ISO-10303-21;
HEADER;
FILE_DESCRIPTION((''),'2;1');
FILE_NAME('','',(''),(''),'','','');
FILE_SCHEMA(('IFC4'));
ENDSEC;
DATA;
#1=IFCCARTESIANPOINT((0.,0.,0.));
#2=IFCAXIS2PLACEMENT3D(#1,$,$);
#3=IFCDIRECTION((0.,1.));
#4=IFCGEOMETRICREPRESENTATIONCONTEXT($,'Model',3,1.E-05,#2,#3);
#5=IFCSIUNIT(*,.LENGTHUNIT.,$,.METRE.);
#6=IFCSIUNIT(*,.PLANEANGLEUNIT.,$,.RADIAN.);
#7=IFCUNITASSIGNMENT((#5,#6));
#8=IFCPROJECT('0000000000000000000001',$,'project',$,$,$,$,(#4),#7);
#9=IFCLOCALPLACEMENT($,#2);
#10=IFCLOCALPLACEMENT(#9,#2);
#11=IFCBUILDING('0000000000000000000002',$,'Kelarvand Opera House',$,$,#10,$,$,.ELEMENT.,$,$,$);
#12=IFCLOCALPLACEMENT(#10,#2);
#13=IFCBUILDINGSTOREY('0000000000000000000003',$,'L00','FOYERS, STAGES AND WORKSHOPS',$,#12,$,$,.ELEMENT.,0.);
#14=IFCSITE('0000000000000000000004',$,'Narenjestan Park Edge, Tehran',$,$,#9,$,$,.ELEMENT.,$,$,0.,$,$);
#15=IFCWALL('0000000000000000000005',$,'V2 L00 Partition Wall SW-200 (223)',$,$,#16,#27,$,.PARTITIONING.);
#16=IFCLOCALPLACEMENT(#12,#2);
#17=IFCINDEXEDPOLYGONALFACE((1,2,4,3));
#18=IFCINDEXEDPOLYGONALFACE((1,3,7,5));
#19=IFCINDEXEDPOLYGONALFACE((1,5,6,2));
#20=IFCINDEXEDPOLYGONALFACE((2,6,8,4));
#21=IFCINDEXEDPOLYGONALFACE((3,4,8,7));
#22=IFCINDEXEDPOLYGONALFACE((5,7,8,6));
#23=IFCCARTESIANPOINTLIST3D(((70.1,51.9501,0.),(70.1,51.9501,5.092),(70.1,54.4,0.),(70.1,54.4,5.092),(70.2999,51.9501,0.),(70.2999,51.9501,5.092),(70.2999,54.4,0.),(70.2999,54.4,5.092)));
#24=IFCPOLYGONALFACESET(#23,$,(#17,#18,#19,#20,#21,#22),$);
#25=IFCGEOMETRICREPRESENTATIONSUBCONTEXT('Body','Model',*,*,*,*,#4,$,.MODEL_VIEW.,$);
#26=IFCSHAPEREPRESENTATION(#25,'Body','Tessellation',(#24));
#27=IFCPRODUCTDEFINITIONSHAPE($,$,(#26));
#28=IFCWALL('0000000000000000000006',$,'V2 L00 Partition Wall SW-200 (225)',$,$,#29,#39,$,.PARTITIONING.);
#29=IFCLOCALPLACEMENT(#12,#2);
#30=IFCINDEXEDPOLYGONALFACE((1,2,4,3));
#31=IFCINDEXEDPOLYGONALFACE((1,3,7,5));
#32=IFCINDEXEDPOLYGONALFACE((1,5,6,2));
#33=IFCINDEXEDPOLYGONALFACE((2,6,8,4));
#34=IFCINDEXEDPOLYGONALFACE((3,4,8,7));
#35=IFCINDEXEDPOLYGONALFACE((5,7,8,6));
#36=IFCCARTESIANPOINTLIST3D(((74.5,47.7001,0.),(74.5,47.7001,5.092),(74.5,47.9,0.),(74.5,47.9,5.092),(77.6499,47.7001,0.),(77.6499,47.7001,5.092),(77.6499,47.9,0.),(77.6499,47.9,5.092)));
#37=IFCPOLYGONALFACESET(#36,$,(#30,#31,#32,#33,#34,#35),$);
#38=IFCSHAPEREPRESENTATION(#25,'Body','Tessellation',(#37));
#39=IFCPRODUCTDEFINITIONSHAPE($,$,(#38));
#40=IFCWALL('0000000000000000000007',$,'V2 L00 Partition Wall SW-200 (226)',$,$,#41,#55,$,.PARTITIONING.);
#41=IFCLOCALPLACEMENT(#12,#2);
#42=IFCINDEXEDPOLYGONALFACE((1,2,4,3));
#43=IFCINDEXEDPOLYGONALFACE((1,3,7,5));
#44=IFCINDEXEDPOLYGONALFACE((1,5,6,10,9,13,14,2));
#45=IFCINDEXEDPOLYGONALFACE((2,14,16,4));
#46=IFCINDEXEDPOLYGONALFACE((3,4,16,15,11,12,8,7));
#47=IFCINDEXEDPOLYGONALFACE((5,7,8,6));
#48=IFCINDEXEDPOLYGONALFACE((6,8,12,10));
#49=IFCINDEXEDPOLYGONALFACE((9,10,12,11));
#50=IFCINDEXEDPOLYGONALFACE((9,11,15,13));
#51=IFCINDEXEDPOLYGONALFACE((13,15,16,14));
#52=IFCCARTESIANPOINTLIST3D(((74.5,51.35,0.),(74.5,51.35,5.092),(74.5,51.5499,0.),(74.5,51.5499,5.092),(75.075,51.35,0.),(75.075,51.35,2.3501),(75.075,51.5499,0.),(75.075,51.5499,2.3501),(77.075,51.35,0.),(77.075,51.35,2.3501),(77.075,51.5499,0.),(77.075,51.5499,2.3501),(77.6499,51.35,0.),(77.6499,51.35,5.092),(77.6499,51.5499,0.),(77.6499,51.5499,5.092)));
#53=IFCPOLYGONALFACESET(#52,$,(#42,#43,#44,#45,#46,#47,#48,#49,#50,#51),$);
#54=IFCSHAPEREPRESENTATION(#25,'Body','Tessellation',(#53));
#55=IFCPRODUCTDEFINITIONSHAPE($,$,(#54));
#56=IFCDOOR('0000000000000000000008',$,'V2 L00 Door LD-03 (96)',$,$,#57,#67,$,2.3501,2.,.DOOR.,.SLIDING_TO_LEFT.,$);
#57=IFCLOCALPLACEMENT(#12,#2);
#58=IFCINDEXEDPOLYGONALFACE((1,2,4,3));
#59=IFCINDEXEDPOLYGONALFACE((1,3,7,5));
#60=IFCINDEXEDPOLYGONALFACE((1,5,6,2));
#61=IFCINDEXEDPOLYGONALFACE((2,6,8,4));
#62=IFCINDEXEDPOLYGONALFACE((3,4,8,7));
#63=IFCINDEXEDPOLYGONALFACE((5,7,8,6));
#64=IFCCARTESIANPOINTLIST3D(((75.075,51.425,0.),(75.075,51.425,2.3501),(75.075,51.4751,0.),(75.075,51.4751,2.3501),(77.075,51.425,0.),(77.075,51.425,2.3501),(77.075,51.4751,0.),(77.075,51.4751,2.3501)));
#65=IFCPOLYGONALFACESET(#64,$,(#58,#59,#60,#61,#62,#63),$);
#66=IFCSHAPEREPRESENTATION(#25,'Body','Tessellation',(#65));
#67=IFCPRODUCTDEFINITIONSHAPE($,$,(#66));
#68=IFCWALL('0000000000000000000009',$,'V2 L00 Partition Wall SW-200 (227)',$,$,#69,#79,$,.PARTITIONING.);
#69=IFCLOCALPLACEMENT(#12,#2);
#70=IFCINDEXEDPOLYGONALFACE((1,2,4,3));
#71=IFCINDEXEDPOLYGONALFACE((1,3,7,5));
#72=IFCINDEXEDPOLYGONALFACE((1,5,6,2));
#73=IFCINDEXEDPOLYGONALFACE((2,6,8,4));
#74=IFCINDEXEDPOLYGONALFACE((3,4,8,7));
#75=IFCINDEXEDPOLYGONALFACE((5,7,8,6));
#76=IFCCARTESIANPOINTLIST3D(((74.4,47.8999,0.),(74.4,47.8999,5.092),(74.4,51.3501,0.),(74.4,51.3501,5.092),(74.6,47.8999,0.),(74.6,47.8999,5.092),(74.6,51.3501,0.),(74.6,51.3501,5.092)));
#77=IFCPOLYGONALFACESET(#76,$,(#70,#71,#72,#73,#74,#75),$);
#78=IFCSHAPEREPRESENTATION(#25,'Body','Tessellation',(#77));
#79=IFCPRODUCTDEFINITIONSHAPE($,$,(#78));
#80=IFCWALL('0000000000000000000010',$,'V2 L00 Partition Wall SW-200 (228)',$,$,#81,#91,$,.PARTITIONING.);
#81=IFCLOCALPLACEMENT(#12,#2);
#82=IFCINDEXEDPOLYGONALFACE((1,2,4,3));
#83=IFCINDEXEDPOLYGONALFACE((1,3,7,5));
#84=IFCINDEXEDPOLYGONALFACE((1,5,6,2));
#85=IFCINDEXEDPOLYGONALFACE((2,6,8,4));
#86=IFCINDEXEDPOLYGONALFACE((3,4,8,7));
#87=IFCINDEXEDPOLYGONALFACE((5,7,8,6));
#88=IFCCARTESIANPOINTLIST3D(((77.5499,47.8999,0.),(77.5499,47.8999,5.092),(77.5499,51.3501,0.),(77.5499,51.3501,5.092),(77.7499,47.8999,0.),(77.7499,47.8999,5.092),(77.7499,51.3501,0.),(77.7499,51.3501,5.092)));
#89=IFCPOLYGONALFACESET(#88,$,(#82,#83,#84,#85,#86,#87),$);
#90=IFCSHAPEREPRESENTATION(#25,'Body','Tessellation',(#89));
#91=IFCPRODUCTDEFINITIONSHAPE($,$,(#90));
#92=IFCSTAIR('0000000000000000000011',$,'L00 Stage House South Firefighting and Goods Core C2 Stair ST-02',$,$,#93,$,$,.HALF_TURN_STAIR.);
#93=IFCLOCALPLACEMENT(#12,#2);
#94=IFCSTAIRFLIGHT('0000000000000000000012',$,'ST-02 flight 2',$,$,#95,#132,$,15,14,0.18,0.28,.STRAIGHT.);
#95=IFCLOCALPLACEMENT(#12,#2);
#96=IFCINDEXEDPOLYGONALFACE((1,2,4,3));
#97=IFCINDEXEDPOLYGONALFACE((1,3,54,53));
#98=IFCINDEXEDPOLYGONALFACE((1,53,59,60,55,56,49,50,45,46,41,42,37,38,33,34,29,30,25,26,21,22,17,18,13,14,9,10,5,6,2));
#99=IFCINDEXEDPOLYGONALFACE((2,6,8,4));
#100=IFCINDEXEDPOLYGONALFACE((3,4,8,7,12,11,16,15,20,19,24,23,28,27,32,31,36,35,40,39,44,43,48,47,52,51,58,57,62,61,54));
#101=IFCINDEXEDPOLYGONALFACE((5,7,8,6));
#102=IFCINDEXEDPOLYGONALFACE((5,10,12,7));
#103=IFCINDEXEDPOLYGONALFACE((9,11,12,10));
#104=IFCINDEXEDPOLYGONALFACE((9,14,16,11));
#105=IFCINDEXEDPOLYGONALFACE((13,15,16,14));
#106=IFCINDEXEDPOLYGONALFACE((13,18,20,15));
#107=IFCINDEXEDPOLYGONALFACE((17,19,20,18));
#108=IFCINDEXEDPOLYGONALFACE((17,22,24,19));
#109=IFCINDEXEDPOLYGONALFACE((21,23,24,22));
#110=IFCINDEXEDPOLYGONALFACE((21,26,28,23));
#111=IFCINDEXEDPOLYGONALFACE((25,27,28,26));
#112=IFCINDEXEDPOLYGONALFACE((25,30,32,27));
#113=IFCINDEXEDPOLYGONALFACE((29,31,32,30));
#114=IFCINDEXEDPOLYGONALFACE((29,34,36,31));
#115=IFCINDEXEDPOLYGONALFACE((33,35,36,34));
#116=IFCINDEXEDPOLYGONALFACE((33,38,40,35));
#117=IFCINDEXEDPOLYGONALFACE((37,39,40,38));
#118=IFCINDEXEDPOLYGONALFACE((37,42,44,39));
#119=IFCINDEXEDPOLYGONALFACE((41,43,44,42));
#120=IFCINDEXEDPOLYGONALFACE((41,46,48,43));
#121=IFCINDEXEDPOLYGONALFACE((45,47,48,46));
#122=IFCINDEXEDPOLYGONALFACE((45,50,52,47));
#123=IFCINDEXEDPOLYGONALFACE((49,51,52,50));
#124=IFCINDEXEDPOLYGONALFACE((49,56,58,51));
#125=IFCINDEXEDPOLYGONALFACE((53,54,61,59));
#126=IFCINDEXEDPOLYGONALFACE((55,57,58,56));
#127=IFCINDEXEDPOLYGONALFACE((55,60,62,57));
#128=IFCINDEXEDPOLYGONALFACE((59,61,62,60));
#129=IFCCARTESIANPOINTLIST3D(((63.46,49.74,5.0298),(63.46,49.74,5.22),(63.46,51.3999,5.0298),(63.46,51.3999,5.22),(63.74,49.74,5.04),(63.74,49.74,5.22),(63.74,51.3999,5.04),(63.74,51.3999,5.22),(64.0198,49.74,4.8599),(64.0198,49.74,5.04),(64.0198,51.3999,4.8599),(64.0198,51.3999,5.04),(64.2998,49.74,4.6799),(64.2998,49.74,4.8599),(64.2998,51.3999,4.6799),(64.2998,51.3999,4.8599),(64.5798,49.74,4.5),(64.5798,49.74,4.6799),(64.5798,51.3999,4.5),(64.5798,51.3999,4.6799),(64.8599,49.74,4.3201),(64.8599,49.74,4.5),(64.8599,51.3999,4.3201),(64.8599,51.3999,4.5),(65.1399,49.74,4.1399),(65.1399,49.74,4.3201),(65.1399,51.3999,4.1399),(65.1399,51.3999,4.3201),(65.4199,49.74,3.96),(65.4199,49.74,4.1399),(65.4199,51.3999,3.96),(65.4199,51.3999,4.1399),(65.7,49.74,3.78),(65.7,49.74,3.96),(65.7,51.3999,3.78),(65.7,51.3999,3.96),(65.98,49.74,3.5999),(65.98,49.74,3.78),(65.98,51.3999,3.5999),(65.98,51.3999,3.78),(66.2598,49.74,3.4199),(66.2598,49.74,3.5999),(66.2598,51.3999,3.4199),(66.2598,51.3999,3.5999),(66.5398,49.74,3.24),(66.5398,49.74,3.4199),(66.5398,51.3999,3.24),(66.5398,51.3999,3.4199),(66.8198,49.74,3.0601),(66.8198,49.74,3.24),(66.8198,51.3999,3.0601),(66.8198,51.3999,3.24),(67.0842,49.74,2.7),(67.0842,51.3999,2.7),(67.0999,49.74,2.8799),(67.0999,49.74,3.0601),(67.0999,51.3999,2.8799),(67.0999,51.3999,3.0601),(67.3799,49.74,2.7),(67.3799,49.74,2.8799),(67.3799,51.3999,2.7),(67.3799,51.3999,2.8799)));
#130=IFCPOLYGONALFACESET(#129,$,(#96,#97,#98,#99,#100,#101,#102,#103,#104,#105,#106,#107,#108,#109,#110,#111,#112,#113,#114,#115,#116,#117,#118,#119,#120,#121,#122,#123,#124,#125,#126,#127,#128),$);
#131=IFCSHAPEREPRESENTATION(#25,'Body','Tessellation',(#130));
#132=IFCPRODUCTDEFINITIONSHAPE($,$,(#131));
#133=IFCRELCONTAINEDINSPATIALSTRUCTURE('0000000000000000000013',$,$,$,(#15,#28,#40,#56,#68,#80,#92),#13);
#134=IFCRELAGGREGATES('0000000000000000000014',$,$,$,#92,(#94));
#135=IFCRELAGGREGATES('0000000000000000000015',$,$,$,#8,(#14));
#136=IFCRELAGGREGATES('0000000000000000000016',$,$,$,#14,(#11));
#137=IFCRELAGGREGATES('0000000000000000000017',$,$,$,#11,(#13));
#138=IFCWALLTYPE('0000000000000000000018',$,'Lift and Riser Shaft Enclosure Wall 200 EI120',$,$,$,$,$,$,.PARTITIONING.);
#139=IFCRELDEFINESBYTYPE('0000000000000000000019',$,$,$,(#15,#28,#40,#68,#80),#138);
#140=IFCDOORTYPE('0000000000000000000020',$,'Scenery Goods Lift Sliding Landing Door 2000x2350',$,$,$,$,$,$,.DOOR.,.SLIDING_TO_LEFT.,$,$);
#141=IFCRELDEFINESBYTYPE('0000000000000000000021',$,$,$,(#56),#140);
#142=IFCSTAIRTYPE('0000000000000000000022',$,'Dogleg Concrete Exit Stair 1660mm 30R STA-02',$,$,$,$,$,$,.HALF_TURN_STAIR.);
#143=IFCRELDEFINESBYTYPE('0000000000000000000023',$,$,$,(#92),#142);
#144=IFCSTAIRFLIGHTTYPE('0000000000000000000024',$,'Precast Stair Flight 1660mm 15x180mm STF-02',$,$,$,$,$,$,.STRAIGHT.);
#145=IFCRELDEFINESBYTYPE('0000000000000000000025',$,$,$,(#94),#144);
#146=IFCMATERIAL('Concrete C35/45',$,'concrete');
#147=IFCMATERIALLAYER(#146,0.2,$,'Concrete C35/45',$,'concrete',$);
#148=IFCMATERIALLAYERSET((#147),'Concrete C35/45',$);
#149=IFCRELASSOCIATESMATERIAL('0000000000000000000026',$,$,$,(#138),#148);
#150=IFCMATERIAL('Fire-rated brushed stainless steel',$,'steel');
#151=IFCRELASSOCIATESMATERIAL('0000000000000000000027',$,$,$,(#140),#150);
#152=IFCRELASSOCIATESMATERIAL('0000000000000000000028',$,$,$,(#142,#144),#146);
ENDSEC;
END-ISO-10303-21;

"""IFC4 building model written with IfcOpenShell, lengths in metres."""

from ifc_helpers import new_model, si_unit, direction, frame, frame_2d, origin, place, context, subcontext, project, spatial, polyline, rectangle, outline, extrude, material, layer, layer_set, type_object, element, fill, aggregate, save


model = new_model("IFC4")

# Units and contexts
model_context = context("Model", 3, precision=1e-05, world=origin(), true_north=direction((0.0, 1.0)))
body_context = subcontext(model_context, "Body", "Model", "MODEL_VIEW")
ifc_project = project(units=[si_unit("LENGTHUNIT", "METRE"), si_unit("PLANEANGLEUNIT", "RADIAN")], contexts=[model_context])

# Site, building, storey
site_placement = place(None, origin())
site = spatial("IfcSite", under=ifc_project, at=site_placement, Name="Narenjestan Park Edge, Tehran", CompositionType="ELEMENT", RefElevation=0.0)
building_placement = place(site_placement, origin())
building = spatial("IfcBuilding", under=site, at=building_placement, Name="Kelarvand Opera House", CompositionType="ELEMENT")
storey_placement = place(building_placement, origin())
storey = spatial("IfcBuildingStorey", under=building, at=storey_placement, Name="L00", Description="FOYERS, STAGES AND WORKSHOPS", CompositionType="ELEMENT", Elevation=0.0)

# Shared definitions
ifc_material_1 = material(Name="Concrete C35/45", Category="concrete")

# Shared definitions
ifc_material_2 = material(Name="Fire-rated brushed stainless steel", Category="steel")
ifc_layer_1 = layer(ifc_material_1, 0.2, Name="Concrete C35/45", Category="concrete")
ifc_layer_set_1 = layer_set([ifc_layer_1], Name="Concrete C35/45")
wall_type_1 = type_object("IfcWallType", Name="Lift and Riser Shaft Enclosure Wall 200 EI120", PredefinedType="PARTITIONING", material=ifc_layer_set_1)

# Walls
wall_1_placement = place(storey_placement, frame((70.2, 51.95, 0.0), z_axis=(0.0, 0.0, 1.0), x_axis=(0.0, 1.0, 0.0)))
element("IfcWall", 1, at=wall_1_placement, inside=storey, type_object=wall_type_1, Name="V2 L00 Partition Wall SW-200 (223)", PredefinedType="PARTITIONING", context=body_context, shape_type="SweptSolid", body=[
    extrude(rectangle(XDim=2.45, YDim=0.2, at=frame_2d((1.2251, 0.0))), origin(), (0.0, 0.0, 1.0), 5.092),
])
wall_2_placement = place(storey_placement, frame((74.5, 47.8, 0.0), z_axis=(0.0, 0.0, 1.0), x_axis=(1.0, 0.0, 0.0)))
element("IfcWall", 2, at=wall_2_placement, inside=storey, type_object=wall_type_1, Name="V2 L00 Partition Wall SW-200 (225)", PredefinedType="PARTITIONING", context=body_context, shape_type="SweptSolid", body=[
    extrude(rectangle(XDim=3.1499, YDim=0.2, at=frame_2d((1.575, 0.0))), origin(), (0.0, 0.0, 1.0), 5.092),
])

# Wall, opening, door
wall_3_placement = place(storey_placement, frame((77.6499, 51.45, 0.0), z_axis=(0.0, 0.0, 1.0), x_axis=(-1.0, 0.0, 0.0)))
wall_3 = element("IfcWall", 3, at=wall_3_placement, inside=storey, type_object=wall_type_1, Name="V2 L00 Partition Wall SW-200 (226)", PredefinedType="PARTITIONING", context=body_context, shape_type="SweptSolid", body=[
    extrude(rectangle(XDim=3.1499, YDim=0.2, at=frame_2d((1.575, 0.0))), origin(), (0.0, 0.0, 1.0), 5.092),
])
opening_1_placement = place(wall_3_placement, frame((0.575, 0.0, 0.0)))
opening_1 = element("IfcOpeningElement", 4, at=opening_1_placement, cuts=wall_3, PredefinedType="OPENING", context=body_context, shape_type="SweptSolid", body=[
    extrude(rectangle(XDim=2.0, YDim=2.3501, at=frame_2d((1.0, 1.175))), frame((0.0, 0.1099, 0.0), z_axis=(0.0, -1.0, 0.0), x_axis=(1.0, 0.0, 0.0)), (0.0, 0.0, 1.0), 0.22),
])
door_type_1 = type_object("IfcDoorType", Name="Scenery Goods Lift Sliding Landing Door 2000x2350", OperationType="SLIDING_TO_LEFT", PredefinedType="DOOR", material=ifc_material_2)
door_1_placement = place(opening_1_placement, origin())
door_1 = element("IfcDoor", 5, at=door_1_placement, inside=storey, type_object=door_type_1, Name="V2 L00 Door LD-03 (96)", OperationType="SLIDING_TO_LEFT", OverallHeight=2.3501, OverallWidth=2.0, PredefinedType="DOOR", context=body_context, shape_type="SweptSolid", body=[
    extrude(rectangle(XDim=2.0, YDim=2.3501, at=frame_2d((1.0, 1.175))), frame((0.0, 0.0249, 0.0), z_axis=(0.0, -1.0, 0.0), x_axis=(1.0, 0.0, 0.0)), (0.0, 0.0, 1.0), 0.05),
])
fill(opening_1, door_1)

# Walls
for number, where, z_axis, x_axis, name in (
    (6, (74.5, 47.8999, 0.0), (0.0, 0.0, 1.0), (0.0, 1.0, 0.0), "V2 L00 Partition Wall SW-200 (227)"),
    (7, (77.6499, 51.3501, 0.0), (0.0, 0.0, 1.0), (0.0, -1.0, 0.0), "V2 L00 Partition Wall SW-200 (228)"),
):
    element("IfcWall", number, at=place(storey_placement, frame(where, z_axis=z_axis, x_axis=x_axis)), inside=storey, type_object=wall_type_1, Name=name, PredefinedType="PARTITIONING", context=body_context, shape_type="SweptSolid", body=[
        extrude(rectangle(XDim=3.4502, YDim=0.2, at=frame_2d((1.7251, 0.0))), origin(), (0.0, 0.0, 1.0), 5.092),
    ])

# Stair, stair flight
stair_type = type_object("IfcStairType", Name="Dogleg Concrete Exit Stair 1660mm 30R STA-02", PredefinedType="HALF_TURN_STAIR", material=ifc_material_1)
stair_placement = place(storey_placement, origin())
stair = element("IfcStair", 8, at=stair_placement, inside=storey, type_object=stair_type, Name="L00 Stage House South Firefighting and Goods Core C2 Stair ST-02", PredefinedType="HALF_TURN_STAIR")
stair_flight_type = type_object("IfcStairFlightType", Name="Precast Stair Flight 1660mm 15x180mm STF-02", PredefinedType="STRAIGHT", material=ifc_material_1)
stair_flight_placement = place(storey_placement, frame((67.3799, 50.5701, 2.7), z_axis=(0.0, 0.0, 1.0), x_axis=(-1.0, 0.0, 0.0)))
stair_flight = element("IfcStairFlight", 9, at=stair_flight_placement, type_object=stair_flight_type, Name="ST-02 flight 2", NumberOfRisers=15, NumberOfTreads=14, PredefinedType="STRAIGHT", RiserHeight=0.18, TreadLength=0.28, context=body_context, shape_type="SweptSolid", body=[
    extrude(outline(polyline([(0.0, 0.0), (0.0, 0.1799), (0.28, 0.1799), (0.28, 0.3601), (0.5601, 0.3601), (0.5601, 0.54), (0.8401, 0.54), (0.8401, 0.72), (1.1201, 0.72), (1.1201, 0.8999), (1.3999, 0.8999), (1.3999, 1.0801), (1.6799, 1.0801), (1.6799, 1.26), (1.96, 1.26), (1.96, 1.4399), (2.24, 1.4399), (2.24, 1.6201), (2.52, 1.6201), (2.52, 1.8), (2.8, 1.8), (2.8, 1.98), (3.0801, 1.98), (3.0801, 2.1599), (3.3601, 2.1599), (3.3601, 2.3401), (3.6399, 2.3401), (3.6399, 2.52), (3.9199, 2.52), (3.9199, 2.7), (3.9199, 2.3298), (0.2957, 0.0), (0.0, 0.0)])), frame((0.0, 0.8301, 0.0), z_axis=(0.0, -1.0, 0.0), x_axis=(1.0, 0.0, 0.0)), (0.0, 0.0, 1.0), 1.6599),
])
aggregate(stair, [stair_flight])

save(model, "model.ifc")
